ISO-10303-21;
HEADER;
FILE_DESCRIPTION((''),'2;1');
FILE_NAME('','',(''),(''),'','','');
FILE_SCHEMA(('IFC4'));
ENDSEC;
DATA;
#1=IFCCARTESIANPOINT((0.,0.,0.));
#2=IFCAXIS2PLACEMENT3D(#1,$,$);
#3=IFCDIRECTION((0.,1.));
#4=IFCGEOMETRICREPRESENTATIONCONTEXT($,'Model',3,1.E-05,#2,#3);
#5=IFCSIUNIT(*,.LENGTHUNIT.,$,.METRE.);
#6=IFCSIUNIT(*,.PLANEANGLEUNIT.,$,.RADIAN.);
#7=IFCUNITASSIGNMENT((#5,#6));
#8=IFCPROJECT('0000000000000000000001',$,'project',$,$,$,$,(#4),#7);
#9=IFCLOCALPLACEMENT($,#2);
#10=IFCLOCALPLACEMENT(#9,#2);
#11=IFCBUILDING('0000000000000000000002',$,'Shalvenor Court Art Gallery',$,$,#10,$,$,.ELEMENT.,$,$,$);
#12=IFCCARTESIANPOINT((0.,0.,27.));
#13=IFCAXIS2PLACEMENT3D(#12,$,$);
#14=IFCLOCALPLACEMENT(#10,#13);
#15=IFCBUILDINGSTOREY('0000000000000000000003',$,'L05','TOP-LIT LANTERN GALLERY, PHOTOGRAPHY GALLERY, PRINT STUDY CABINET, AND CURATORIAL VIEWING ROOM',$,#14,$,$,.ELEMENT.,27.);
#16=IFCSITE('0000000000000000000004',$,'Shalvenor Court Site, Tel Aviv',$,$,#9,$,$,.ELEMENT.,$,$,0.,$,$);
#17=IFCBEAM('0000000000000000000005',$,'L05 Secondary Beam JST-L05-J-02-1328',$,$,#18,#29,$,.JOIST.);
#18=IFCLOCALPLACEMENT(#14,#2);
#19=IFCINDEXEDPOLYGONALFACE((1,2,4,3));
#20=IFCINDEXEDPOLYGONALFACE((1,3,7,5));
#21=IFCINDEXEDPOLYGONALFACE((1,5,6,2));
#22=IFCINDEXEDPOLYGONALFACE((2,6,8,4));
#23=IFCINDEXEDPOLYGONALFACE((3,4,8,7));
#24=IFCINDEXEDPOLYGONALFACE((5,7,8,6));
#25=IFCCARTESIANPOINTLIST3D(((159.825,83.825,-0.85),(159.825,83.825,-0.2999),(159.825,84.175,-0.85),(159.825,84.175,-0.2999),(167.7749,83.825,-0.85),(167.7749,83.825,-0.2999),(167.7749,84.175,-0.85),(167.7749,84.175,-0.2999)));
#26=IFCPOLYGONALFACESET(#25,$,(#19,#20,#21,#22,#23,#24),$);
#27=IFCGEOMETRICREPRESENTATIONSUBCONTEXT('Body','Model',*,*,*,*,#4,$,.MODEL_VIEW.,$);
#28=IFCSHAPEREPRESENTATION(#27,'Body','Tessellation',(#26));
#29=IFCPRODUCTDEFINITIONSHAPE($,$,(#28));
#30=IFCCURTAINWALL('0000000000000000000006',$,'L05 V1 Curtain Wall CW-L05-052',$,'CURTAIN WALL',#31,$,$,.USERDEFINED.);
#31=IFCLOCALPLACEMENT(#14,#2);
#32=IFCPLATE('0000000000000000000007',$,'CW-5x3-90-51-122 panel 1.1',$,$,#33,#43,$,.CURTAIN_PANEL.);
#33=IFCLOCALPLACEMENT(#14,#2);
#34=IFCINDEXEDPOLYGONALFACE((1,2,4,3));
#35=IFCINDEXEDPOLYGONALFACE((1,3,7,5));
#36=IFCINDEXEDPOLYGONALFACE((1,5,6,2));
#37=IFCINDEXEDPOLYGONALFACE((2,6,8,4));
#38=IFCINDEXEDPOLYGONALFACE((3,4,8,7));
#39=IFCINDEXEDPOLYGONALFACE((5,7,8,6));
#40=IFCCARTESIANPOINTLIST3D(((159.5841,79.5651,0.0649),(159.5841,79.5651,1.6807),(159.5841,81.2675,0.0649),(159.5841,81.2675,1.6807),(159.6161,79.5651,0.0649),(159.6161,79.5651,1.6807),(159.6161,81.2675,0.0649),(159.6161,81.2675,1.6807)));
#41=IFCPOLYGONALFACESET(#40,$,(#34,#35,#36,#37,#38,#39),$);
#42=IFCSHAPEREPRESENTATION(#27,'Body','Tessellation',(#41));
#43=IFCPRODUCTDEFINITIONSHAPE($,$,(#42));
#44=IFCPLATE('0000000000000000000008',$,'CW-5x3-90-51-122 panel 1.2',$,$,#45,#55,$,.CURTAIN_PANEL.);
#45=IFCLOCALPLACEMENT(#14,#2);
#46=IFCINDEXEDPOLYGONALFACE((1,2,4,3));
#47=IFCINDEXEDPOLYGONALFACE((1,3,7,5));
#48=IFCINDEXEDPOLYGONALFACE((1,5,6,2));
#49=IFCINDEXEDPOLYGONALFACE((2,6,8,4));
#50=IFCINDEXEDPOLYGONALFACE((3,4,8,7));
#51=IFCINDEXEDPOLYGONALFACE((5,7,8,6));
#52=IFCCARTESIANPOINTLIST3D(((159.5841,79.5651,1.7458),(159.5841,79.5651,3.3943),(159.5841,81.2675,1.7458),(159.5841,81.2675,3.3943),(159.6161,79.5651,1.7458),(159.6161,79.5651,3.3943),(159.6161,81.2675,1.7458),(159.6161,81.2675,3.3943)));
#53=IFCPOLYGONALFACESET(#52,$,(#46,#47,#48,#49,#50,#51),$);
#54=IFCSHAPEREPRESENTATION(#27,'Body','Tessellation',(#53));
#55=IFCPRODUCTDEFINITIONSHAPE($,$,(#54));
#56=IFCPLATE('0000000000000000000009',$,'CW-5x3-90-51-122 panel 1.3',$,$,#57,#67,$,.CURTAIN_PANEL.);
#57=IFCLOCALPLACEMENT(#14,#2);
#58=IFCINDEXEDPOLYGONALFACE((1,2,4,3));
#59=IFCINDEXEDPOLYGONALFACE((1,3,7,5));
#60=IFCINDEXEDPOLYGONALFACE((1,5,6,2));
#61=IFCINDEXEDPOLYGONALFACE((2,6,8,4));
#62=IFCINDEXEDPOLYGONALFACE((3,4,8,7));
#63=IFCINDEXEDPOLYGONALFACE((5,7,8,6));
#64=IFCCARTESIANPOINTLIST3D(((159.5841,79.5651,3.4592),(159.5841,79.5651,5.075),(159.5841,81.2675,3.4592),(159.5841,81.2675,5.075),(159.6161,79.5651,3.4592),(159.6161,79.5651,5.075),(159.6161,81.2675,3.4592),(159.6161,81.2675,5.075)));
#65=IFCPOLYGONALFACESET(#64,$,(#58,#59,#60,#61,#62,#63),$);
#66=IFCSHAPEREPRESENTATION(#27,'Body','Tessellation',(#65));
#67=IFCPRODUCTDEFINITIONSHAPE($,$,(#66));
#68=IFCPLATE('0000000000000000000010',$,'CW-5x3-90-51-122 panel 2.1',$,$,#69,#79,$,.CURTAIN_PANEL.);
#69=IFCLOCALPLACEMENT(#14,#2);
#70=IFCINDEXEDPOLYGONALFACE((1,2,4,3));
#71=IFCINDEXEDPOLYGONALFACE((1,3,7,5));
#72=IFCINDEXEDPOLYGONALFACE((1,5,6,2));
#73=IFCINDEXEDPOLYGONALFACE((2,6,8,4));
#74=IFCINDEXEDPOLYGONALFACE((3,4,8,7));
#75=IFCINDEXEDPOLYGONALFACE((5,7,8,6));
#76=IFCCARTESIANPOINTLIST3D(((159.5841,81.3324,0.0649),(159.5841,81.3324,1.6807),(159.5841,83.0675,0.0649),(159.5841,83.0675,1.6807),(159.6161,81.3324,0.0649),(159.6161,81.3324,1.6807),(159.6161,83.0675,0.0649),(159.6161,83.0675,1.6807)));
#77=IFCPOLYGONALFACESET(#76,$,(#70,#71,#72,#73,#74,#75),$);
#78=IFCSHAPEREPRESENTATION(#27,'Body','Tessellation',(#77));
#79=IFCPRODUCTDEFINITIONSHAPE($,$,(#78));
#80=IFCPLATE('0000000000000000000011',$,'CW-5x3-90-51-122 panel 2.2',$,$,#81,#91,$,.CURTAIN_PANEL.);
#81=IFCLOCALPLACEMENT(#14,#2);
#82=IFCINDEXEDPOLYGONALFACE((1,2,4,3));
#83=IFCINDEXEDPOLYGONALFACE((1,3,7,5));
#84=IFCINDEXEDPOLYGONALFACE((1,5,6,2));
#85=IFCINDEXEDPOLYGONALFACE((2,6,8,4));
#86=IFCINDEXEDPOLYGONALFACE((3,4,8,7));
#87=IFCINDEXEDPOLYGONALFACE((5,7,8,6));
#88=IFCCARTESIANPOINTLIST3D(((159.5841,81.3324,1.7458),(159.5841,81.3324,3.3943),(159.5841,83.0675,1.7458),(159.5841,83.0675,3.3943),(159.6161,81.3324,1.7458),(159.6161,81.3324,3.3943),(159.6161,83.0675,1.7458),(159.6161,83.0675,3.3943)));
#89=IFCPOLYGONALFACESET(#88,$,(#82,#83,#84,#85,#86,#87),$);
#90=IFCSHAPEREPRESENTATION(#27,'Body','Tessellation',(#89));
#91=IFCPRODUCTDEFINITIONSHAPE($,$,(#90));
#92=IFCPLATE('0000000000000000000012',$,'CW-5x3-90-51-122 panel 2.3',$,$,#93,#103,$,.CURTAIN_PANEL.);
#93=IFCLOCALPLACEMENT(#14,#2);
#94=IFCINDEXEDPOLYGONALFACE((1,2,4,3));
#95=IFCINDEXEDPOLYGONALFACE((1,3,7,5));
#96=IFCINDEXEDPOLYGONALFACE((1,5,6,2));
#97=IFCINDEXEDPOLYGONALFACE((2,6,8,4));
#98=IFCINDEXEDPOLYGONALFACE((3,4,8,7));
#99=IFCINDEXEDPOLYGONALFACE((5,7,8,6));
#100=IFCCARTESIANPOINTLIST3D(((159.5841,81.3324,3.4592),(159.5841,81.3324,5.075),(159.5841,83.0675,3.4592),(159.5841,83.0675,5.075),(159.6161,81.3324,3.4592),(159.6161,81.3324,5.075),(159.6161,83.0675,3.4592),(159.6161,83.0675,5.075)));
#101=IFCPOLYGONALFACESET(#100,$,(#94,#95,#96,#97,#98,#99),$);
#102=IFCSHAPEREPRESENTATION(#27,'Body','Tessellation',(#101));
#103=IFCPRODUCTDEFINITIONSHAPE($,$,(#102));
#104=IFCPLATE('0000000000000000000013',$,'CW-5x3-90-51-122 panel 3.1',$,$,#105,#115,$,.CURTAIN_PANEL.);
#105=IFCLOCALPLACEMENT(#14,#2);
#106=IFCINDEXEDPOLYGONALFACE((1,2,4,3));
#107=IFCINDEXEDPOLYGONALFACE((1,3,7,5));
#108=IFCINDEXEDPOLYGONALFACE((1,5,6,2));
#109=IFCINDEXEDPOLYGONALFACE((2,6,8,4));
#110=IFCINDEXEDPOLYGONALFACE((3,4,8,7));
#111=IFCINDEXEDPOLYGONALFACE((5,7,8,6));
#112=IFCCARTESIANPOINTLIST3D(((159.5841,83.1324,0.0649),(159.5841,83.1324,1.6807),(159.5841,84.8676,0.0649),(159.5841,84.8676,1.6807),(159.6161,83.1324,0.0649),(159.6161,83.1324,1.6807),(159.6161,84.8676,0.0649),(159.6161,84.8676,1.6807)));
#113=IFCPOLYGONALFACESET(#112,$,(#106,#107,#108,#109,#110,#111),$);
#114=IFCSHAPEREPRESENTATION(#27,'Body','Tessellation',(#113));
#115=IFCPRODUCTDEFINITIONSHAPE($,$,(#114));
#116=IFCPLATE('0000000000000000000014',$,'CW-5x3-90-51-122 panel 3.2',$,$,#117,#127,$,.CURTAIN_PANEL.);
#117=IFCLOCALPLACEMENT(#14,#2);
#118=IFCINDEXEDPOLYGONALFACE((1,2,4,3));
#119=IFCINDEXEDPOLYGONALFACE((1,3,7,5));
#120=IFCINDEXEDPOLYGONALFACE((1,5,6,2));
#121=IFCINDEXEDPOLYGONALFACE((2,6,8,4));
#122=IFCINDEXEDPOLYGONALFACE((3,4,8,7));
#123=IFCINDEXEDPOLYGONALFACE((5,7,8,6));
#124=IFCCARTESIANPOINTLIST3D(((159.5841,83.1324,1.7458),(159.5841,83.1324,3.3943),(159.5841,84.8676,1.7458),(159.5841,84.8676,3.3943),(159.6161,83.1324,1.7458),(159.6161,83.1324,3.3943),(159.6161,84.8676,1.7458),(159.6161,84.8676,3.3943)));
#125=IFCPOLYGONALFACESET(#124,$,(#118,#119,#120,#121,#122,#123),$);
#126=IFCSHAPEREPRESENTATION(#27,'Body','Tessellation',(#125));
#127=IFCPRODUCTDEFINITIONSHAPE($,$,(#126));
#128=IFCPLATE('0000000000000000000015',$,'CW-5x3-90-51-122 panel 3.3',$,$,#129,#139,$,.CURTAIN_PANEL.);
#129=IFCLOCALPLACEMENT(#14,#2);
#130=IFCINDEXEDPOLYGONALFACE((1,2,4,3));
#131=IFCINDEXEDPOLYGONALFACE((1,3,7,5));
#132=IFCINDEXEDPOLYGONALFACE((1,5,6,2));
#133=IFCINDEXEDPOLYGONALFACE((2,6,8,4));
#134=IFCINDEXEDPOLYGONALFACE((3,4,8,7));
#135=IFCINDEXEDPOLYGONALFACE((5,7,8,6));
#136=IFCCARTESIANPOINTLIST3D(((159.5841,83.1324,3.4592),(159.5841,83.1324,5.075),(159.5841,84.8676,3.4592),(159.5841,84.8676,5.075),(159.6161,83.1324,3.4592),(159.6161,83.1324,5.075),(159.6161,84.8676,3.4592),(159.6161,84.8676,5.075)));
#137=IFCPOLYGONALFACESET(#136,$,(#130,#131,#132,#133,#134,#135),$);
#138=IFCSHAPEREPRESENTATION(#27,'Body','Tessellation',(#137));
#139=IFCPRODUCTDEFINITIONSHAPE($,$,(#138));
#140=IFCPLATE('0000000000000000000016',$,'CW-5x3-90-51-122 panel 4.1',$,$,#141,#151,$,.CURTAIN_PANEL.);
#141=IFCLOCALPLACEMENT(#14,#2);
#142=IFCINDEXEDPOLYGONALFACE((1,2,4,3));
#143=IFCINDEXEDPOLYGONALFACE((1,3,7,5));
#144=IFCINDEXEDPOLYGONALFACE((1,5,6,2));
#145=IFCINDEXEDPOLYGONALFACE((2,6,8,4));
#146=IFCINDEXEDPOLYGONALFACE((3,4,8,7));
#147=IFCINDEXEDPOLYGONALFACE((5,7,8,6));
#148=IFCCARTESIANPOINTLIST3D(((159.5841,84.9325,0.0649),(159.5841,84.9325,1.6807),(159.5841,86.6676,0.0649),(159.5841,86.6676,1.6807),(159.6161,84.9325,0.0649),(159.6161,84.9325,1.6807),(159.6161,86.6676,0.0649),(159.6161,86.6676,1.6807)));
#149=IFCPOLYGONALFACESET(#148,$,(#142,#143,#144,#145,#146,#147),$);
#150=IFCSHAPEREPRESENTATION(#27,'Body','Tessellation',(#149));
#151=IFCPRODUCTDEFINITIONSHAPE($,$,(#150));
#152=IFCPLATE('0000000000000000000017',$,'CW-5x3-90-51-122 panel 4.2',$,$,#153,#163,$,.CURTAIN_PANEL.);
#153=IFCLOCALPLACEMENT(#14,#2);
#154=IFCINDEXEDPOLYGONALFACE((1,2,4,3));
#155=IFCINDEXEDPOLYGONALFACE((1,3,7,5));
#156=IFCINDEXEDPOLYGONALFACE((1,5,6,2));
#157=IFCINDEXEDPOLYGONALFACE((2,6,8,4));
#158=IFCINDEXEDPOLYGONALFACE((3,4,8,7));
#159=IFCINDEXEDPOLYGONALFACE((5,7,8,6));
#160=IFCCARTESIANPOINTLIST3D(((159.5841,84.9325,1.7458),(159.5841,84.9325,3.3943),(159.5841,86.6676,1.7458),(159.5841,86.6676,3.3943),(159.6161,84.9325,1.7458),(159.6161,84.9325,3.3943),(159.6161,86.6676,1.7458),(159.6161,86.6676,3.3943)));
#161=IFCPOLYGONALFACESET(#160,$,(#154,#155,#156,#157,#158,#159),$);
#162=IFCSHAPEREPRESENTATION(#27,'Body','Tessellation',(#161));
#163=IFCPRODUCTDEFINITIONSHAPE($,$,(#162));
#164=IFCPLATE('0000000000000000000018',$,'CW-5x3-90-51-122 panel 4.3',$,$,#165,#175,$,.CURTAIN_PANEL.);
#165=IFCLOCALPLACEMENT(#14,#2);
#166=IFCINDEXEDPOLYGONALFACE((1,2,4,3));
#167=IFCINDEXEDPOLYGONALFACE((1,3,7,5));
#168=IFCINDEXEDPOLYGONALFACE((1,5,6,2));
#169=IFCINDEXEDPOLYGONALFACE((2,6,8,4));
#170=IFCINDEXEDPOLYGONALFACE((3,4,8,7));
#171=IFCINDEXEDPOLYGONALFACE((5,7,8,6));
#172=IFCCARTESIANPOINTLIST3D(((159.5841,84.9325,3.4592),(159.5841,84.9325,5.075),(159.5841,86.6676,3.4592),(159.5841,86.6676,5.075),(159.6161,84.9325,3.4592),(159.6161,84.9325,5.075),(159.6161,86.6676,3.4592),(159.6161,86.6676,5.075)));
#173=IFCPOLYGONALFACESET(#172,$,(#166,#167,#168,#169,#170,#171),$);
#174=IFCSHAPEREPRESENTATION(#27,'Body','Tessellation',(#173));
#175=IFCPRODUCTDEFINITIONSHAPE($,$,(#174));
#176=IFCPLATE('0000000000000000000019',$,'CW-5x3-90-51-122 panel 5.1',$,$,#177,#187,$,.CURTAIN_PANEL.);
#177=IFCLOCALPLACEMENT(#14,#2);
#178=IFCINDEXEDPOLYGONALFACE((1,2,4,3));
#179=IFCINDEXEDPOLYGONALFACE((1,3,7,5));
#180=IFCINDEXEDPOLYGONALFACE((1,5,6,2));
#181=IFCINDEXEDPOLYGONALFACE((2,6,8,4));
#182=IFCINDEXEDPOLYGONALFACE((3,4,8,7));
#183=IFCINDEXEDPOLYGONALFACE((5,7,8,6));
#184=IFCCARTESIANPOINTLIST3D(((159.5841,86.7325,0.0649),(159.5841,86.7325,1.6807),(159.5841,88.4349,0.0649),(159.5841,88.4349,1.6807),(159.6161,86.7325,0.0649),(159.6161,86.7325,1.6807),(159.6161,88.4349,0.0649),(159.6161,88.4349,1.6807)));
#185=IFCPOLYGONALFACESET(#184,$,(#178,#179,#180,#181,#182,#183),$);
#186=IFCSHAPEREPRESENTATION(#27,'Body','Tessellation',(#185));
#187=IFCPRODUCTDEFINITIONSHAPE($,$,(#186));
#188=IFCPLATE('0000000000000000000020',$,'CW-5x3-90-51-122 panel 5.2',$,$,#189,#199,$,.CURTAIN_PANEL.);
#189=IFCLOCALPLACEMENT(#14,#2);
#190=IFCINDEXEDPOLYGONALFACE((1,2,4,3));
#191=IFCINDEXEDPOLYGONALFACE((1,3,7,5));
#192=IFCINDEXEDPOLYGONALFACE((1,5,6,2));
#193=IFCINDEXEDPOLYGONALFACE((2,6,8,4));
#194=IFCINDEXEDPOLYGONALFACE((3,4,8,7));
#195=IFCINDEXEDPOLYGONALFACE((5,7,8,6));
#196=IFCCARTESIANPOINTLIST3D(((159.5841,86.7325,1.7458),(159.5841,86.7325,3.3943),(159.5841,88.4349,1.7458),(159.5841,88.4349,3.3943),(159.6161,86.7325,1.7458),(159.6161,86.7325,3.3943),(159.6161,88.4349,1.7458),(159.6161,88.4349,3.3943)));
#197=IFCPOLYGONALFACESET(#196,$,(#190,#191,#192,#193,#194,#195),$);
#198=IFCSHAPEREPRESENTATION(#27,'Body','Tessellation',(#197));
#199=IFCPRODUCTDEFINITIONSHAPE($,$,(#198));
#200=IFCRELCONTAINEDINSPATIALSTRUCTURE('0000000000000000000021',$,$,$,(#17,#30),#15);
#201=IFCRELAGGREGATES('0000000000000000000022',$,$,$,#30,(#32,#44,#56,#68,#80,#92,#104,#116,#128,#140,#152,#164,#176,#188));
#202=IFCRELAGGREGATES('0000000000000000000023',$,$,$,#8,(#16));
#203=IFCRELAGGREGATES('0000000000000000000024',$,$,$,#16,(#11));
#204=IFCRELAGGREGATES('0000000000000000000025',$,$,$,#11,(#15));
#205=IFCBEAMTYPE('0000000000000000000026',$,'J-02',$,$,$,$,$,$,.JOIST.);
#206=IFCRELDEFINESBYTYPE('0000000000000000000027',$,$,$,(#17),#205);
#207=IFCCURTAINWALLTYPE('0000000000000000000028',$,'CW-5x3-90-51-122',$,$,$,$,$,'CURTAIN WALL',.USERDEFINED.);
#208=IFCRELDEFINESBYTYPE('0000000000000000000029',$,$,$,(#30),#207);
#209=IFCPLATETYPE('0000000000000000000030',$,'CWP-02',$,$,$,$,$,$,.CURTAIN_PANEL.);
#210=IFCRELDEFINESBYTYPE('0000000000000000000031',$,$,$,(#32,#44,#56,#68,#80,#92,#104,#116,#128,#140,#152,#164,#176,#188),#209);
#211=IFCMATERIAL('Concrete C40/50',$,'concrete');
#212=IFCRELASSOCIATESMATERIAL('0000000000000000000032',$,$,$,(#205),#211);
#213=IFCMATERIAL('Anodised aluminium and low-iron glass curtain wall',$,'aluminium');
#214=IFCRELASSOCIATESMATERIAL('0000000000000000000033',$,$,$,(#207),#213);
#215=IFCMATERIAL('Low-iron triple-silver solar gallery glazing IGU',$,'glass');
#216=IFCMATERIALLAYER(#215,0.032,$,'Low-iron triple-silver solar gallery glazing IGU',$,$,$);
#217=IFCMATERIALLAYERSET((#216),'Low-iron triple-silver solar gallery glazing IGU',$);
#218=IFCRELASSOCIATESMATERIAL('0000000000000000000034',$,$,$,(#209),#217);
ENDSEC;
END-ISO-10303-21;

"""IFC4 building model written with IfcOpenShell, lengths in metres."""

from ifc_helpers import new_model, si_unit, direction, frame, origin, origin_2d, place, context, subcontext, project, spatial, rectangle, extrude, material, layer, layer_set, material_profile, profile_set, type_object, element, aggregate, save


model = new_model("IFC4")

# Units and contexts
model_context = context("Model", 3, precision=1e-05, world=origin(), true_north=direction((0.0, 1.0)))
body_context = subcontext(model_context, "Body", "Model", "MODEL_VIEW")
ifc_project = project(units=[si_unit("LENGTHUNIT", "METRE"), si_unit("PLANEANGLEUNIT", "RADIAN")], contexts=[model_context])

# Site, building, storey
site_placement = place(None, origin())
site = spatial("IfcSite", under=ifc_project, at=site_placement, Name="Shalvenor Court Site, Tel Aviv", CompositionType="ELEMENT", RefElevation=0.0)
building_placement = place(site_placement, origin())
building = spatial("IfcBuilding", under=site, at=building_placement, Name="Shalvenor Court Art Gallery", CompositionType="ELEMENT")
storey_placement = place(building_placement, frame((0.0, 0.0, 27.0)))
storey = spatial("IfcBuildingStorey", under=building, at=storey_placement, Name="L05", Description="TOP-LIT LANTERN GALLERY, PHOTOGRAPHY GALLERY, PRINT STUDY CABINET, AND CURATORIAL VIEWING ROOM", CompositionType="ELEMENT", Elevation=27.0)

# Beam
ifc_material_1 = material(Name="Concrete C40/50", Category="concrete")
ifc_material_profile = material_profile(ifc_material_1, rectangle(XDim=0.3501, YDim=0.55, at=origin_2d()), Name="RC 350x550")
ifc_profile_set = profile_set([ifc_material_profile], Name="Concrete C40/50")
beam_type = type_object("IfcBeamType", Name="J-02", PredefinedType="JOIST", material=ifc_profile_set)
beam_placement = place(storey_placement, frame((159.825, 84.0, -0.575), z_axis=(1.0, 0.0, 0.0), x_axis=(0.0, 1.0, 0.0)))
element("IfcBeam", 1, at=beam_placement, inside=storey, type_object=beam_type, Name="L05 Secondary Beam JST-L05-J-02-1328", PredefinedType="JOIST", context=body_context, shape_type="SweptSolid", body=[
    extrude(rectangle(XDim=0.3501, YDim=0.55, at=origin_2d()), origin(), (0.0, 0.0, 1.0), 7.95),
])

# Curtain wall, plates
ifc_material_2 = material(Name="Anodised aluminium and low-iron glass curtain wall", Category="aluminium")
curtain_wall_type = type_object("IfcCurtainWallType", Name="CW-5x3-90-51-122", ElementType="CURTAIN WALL", PredefinedType="USERDEFINED", material=ifc_material_2)
curtain_wall_placement = place(storey_placement, origin())
curtain_wall = element("IfcCurtainWall", 2, at=curtain_wall_placement, inside=storey, type_object=curtain_wall_type, Name="L05 V1 Curtain Wall CW-L05-052", ObjectType="CURTAIN WALL", PredefinedType="USERDEFINED")
ifc_material_3 = material(Name="Low-iron triple-silver solar gallery glazing IGU", Category="glass")
ifc_layer_1 = layer(ifc_material_3, 0.032, Name="Low-iron triple-silver solar gallery glazing IGU")
ifc_layer_set_1 = layer_set([ifc_layer_1], Name="Low-iron triple-silver solar gallery glazing IGU")
plate_type = type_object("IfcPlateType", Name="CWP-02", PredefinedType="CURTAIN_PANEL", material=ifc_layer_set_1)
plate_1_placement = place(storey_placement, frame((159.6001, 80.4163, 0.0649), z_axis=(0.0, 0.0, 1.0), x_axis=(0.0, 1.0, 0.0)))
plate_1 = element("IfcPlate", 3, at=plate_1_placement, type_object=plate_type, Name="CW-5x3-90-51-122 panel 1.1", PredefinedType="CURTAIN_PANEL", context=body_context, shape_type="SweptSolid", body=[
    extrude(rectangle(XDim=1.7024, YDim=0.032, at=origin_2d()), origin(), (0.0, 0.0, 1.0), 1.6157),
])
plate_2_placement = place(storey_placement, frame((159.6001, 80.4163, 1.7458), z_axis=(0.0, 0.0, 1.0), x_axis=(0.0, 1.0, 0.0)))
plate_2 = element("IfcPlate", 4, at=plate_2_placement, type_object=plate_type, Name="CW-5x3-90-51-122 panel 1.2", PredefinedType="CURTAIN_PANEL", context=body_context, shape_type="SweptSolid", body=[
    extrude(rectangle(XDim=1.7024, YDim=0.032, at=origin_2d()), origin(), (0.0, 0.0, 1.0), 1.6484),
])
plate_3_placement = place(storey_placement, frame((159.6001, 80.4163, 3.4592), z_axis=(0.0, 0.0, 1.0), x_axis=(0.0, 1.0, 0.0)))
plate_3 = element("IfcPlate", 5, at=plate_3_placement, type_object=plate_type, Name="CW-5x3-90-51-122 panel 1.3", PredefinedType="CURTAIN_PANEL", context=body_context, shape_type="SweptSolid", body=[
    extrude(rectangle(XDim=1.7024, YDim=0.032, at=origin_2d()), origin(), (0.0, 0.0, 1.0), 1.6157),
])
plate_4_placement = place(storey_placement, frame((159.6001, 82.2, 0.0649), z_axis=(0.0, 0.0, 1.0), x_axis=(0.0, 1.0, 0.0)))
plate_4 = element("IfcPlate", 6, at=plate_4_placement, type_object=plate_type, Name="CW-5x3-90-51-122 panel 2.1", PredefinedType="CURTAIN_PANEL", context=body_context, shape_type="SweptSolid", body=[
    extrude(rectangle(XDim=1.7351, YDim=0.032, at=origin_2d()), origin(), (0.0, 0.0, 1.0), 1.6157),
])
plate_5_placement = place(storey_placement, frame((159.6001, 82.2, 1.7458), z_axis=(0.0, 0.0, 1.0), x_axis=(0.0, 1.0, 0.0)))
plate_5 = element("IfcPlate", 7, at=plate_5_placement, type_object=plate_type, Name="CW-5x3-90-51-122 panel 2.2", PredefinedType="CURTAIN_PANEL", context=body_context, shape_type="SweptSolid", body=[
    extrude(rectangle(XDim=1.7351, YDim=0.032, at=origin_2d()), origin(), (0.0, 0.0, 1.0), 1.6484),
])
plate_6_placement = place(storey_placement, frame((159.6001, 82.2, 3.4592), z_axis=(0.0, 0.0, 1.0), x_axis=(0.0, 1.0, 0.0)))
plate_6 = element("IfcPlate", 8, at=plate_6_placement, type_object=plate_type, Name="CW-5x3-90-51-122 panel 2.3", PredefinedType="CURTAIN_PANEL", context=body_context, shape_type="SweptSolid", body=[
    extrude(rectangle(XDim=1.7351, YDim=0.032, at=origin_2d()), origin(), (0.0, 0.0, 1.0), 1.6157),
])
plate_7_placement = place(storey_placement, frame((159.6001, 84.0, 0.0649), z_axis=(0.0, 0.0, 1.0), x_axis=(0.0, 1.0, 0.0)))
plate_7 = element("IfcPlate", 9, at=plate_7_placement, type_object=plate_type, Name="CW-5x3-90-51-122 panel 3.1", PredefinedType="CURTAIN_PANEL", context=body_context, shape_type="SweptSolid", body=[
    extrude(rectangle(XDim=1.7351, YDim=0.032, at=origin_2d()), origin(), (0.0, 0.0, 1.0), 1.6157),
])
plate_8_placement = place(storey_placement, frame((159.6001, 84.0, 1.7458), z_axis=(0.0, 0.0, 1.0), x_axis=(0.0, 1.0, 0.0)))
plate_8 = element("IfcPlate", 10, at=plate_8_placement, type_object=plate_type, Name="CW-5x3-90-51-122 panel 3.2", PredefinedType="CURTAIN_PANEL", context=body_context, shape_type="SweptSolid", body=[
    extrude(rectangle(XDim=1.7351, YDim=0.032, at=origin_2d()), origin(), (0.0, 0.0, 1.0), 1.6484),
])
plate_9_placement = place(storey_placement, frame((159.6001, 84.0, 3.4592), z_axis=(0.0, 0.0, 1.0), x_axis=(0.0, 1.0, 0.0)))
plate_9 = element("IfcPlate", 11, at=plate_9_placement, type_object=plate_type, Name="CW-5x3-90-51-122 panel 3.3", PredefinedType="CURTAIN_PANEL", context=body_context, shape_type="SweptSolid", body=[
    extrude(rectangle(XDim=1.7351, YDim=0.032, at=origin_2d()), origin(), (0.0, 0.0, 1.0), 1.6157),
])
plate_10_placement = place(storey_placement, frame((159.6001, 85.8, 0.0649), z_axis=(0.0, 0.0, 1.0), x_axis=(0.0, 1.0, 0.0)))
plate_10 = element("IfcPlate", 12, at=plate_10_placement, type_object=plate_type, Name="CW-5x3-90-51-122 panel 4.1", PredefinedType="CURTAIN_PANEL", context=body_context, shape_type="SweptSolid", body=[
    extrude(rectangle(XDim=1.7351, YDim=0.032, at=origin_2d()), origin(), (0.0, 0.0, 1.0), 1.6157),
])
plate_11_placement = place(storey_placement, frame((159.6001, 85.8, 1.7458), z_axis=(0.0, 0.0, 1.0), x_axis=(0.0, 1.0, 0.0)))
plate_11 = element("IfcPlate", 13, at=plate_11_placement, type_object=plate_type, Name="CW-5x3-90-51-122 panel 4.2", PredefinedType="CURTAIN_PANEL", context=body_context, shape_type="SweptSolid", body=[
    extrude(rectangle(XDim=1.7351, YDim=0.032, at=origin_2d()), origin(), (0.0, 0.0, 1.0), 1.6484),
])
plate_12_placement = place(storey_placement, frame((159.6001, 85.8, 3.4592), z_axis=(0.0, 0.0, 1.0), x_axis=(0.0, 1.0, 0.0)))
plate_12 = element("IfcPlate", 14, at=plate_12_placement, type_object=plate_type, Name="CW-5x3-90-51-122 panel 4.3", PredefinedType="CURTAIN_PANEL", context=body_context, shape_type="SweptSolid", body=[
    extrude(rectangle(XDim=1.7351, YDim=0.032, at=origin_2d()), origin(), (0.0, 0.0, 1.0), 1.6157),
])
plate_13_placement = place(storey_placement, frame((159.6001, 87.5837, 0.0649), z_axis=(0.0, 0.0, 1.0), x_axis=(0.0, 1.0, 0.0)))
plate_13 = element("IfcPlate", 15, at=plate_13_placement, type_object=plate_type, Name="CW-5x3-90-51-122 panel 5.1", PredefinedType="CURTAIN_PANEL", context=body_context, shape_type="SweptSolid", body=[
    extrude(rectangle(XDim=1.7024, YDim=0.032, at=origin_2d()), origin(), (0.0, 0.0, 1.0), 1.6157),
])
plate_14_placement = place(storey_placement, frame((159.6001, 87.5837, 1.7458), z_axis=(0.0, 0.0, 1.0), x_axis=(0.0, 1.0, 0.0)))
plate_14 = element("IfcPlate", 16, at=plate_14_placement, type_object=plate_type, Name="CW-5x3-90-51-122 panel 5.2", PredefinedType="CURTAIN_PANEL", context=body_context, shape_type="SweptSolid", body=[
    extrude(rectangle(XDim=1.7024, YDim=0.032, at=origin_2d()), origin(), (0.0, 0.0, 1.0), 1.6484),
])
aggregate(curtain_wall, [plate_1, plate_2, plate_3, plate_4, plate_5, plate_6, plate_7, plate_8, plate_9, plate_10, plate_11, plate_12, plate_13, plate_14])

save(model, "model.ifc")
